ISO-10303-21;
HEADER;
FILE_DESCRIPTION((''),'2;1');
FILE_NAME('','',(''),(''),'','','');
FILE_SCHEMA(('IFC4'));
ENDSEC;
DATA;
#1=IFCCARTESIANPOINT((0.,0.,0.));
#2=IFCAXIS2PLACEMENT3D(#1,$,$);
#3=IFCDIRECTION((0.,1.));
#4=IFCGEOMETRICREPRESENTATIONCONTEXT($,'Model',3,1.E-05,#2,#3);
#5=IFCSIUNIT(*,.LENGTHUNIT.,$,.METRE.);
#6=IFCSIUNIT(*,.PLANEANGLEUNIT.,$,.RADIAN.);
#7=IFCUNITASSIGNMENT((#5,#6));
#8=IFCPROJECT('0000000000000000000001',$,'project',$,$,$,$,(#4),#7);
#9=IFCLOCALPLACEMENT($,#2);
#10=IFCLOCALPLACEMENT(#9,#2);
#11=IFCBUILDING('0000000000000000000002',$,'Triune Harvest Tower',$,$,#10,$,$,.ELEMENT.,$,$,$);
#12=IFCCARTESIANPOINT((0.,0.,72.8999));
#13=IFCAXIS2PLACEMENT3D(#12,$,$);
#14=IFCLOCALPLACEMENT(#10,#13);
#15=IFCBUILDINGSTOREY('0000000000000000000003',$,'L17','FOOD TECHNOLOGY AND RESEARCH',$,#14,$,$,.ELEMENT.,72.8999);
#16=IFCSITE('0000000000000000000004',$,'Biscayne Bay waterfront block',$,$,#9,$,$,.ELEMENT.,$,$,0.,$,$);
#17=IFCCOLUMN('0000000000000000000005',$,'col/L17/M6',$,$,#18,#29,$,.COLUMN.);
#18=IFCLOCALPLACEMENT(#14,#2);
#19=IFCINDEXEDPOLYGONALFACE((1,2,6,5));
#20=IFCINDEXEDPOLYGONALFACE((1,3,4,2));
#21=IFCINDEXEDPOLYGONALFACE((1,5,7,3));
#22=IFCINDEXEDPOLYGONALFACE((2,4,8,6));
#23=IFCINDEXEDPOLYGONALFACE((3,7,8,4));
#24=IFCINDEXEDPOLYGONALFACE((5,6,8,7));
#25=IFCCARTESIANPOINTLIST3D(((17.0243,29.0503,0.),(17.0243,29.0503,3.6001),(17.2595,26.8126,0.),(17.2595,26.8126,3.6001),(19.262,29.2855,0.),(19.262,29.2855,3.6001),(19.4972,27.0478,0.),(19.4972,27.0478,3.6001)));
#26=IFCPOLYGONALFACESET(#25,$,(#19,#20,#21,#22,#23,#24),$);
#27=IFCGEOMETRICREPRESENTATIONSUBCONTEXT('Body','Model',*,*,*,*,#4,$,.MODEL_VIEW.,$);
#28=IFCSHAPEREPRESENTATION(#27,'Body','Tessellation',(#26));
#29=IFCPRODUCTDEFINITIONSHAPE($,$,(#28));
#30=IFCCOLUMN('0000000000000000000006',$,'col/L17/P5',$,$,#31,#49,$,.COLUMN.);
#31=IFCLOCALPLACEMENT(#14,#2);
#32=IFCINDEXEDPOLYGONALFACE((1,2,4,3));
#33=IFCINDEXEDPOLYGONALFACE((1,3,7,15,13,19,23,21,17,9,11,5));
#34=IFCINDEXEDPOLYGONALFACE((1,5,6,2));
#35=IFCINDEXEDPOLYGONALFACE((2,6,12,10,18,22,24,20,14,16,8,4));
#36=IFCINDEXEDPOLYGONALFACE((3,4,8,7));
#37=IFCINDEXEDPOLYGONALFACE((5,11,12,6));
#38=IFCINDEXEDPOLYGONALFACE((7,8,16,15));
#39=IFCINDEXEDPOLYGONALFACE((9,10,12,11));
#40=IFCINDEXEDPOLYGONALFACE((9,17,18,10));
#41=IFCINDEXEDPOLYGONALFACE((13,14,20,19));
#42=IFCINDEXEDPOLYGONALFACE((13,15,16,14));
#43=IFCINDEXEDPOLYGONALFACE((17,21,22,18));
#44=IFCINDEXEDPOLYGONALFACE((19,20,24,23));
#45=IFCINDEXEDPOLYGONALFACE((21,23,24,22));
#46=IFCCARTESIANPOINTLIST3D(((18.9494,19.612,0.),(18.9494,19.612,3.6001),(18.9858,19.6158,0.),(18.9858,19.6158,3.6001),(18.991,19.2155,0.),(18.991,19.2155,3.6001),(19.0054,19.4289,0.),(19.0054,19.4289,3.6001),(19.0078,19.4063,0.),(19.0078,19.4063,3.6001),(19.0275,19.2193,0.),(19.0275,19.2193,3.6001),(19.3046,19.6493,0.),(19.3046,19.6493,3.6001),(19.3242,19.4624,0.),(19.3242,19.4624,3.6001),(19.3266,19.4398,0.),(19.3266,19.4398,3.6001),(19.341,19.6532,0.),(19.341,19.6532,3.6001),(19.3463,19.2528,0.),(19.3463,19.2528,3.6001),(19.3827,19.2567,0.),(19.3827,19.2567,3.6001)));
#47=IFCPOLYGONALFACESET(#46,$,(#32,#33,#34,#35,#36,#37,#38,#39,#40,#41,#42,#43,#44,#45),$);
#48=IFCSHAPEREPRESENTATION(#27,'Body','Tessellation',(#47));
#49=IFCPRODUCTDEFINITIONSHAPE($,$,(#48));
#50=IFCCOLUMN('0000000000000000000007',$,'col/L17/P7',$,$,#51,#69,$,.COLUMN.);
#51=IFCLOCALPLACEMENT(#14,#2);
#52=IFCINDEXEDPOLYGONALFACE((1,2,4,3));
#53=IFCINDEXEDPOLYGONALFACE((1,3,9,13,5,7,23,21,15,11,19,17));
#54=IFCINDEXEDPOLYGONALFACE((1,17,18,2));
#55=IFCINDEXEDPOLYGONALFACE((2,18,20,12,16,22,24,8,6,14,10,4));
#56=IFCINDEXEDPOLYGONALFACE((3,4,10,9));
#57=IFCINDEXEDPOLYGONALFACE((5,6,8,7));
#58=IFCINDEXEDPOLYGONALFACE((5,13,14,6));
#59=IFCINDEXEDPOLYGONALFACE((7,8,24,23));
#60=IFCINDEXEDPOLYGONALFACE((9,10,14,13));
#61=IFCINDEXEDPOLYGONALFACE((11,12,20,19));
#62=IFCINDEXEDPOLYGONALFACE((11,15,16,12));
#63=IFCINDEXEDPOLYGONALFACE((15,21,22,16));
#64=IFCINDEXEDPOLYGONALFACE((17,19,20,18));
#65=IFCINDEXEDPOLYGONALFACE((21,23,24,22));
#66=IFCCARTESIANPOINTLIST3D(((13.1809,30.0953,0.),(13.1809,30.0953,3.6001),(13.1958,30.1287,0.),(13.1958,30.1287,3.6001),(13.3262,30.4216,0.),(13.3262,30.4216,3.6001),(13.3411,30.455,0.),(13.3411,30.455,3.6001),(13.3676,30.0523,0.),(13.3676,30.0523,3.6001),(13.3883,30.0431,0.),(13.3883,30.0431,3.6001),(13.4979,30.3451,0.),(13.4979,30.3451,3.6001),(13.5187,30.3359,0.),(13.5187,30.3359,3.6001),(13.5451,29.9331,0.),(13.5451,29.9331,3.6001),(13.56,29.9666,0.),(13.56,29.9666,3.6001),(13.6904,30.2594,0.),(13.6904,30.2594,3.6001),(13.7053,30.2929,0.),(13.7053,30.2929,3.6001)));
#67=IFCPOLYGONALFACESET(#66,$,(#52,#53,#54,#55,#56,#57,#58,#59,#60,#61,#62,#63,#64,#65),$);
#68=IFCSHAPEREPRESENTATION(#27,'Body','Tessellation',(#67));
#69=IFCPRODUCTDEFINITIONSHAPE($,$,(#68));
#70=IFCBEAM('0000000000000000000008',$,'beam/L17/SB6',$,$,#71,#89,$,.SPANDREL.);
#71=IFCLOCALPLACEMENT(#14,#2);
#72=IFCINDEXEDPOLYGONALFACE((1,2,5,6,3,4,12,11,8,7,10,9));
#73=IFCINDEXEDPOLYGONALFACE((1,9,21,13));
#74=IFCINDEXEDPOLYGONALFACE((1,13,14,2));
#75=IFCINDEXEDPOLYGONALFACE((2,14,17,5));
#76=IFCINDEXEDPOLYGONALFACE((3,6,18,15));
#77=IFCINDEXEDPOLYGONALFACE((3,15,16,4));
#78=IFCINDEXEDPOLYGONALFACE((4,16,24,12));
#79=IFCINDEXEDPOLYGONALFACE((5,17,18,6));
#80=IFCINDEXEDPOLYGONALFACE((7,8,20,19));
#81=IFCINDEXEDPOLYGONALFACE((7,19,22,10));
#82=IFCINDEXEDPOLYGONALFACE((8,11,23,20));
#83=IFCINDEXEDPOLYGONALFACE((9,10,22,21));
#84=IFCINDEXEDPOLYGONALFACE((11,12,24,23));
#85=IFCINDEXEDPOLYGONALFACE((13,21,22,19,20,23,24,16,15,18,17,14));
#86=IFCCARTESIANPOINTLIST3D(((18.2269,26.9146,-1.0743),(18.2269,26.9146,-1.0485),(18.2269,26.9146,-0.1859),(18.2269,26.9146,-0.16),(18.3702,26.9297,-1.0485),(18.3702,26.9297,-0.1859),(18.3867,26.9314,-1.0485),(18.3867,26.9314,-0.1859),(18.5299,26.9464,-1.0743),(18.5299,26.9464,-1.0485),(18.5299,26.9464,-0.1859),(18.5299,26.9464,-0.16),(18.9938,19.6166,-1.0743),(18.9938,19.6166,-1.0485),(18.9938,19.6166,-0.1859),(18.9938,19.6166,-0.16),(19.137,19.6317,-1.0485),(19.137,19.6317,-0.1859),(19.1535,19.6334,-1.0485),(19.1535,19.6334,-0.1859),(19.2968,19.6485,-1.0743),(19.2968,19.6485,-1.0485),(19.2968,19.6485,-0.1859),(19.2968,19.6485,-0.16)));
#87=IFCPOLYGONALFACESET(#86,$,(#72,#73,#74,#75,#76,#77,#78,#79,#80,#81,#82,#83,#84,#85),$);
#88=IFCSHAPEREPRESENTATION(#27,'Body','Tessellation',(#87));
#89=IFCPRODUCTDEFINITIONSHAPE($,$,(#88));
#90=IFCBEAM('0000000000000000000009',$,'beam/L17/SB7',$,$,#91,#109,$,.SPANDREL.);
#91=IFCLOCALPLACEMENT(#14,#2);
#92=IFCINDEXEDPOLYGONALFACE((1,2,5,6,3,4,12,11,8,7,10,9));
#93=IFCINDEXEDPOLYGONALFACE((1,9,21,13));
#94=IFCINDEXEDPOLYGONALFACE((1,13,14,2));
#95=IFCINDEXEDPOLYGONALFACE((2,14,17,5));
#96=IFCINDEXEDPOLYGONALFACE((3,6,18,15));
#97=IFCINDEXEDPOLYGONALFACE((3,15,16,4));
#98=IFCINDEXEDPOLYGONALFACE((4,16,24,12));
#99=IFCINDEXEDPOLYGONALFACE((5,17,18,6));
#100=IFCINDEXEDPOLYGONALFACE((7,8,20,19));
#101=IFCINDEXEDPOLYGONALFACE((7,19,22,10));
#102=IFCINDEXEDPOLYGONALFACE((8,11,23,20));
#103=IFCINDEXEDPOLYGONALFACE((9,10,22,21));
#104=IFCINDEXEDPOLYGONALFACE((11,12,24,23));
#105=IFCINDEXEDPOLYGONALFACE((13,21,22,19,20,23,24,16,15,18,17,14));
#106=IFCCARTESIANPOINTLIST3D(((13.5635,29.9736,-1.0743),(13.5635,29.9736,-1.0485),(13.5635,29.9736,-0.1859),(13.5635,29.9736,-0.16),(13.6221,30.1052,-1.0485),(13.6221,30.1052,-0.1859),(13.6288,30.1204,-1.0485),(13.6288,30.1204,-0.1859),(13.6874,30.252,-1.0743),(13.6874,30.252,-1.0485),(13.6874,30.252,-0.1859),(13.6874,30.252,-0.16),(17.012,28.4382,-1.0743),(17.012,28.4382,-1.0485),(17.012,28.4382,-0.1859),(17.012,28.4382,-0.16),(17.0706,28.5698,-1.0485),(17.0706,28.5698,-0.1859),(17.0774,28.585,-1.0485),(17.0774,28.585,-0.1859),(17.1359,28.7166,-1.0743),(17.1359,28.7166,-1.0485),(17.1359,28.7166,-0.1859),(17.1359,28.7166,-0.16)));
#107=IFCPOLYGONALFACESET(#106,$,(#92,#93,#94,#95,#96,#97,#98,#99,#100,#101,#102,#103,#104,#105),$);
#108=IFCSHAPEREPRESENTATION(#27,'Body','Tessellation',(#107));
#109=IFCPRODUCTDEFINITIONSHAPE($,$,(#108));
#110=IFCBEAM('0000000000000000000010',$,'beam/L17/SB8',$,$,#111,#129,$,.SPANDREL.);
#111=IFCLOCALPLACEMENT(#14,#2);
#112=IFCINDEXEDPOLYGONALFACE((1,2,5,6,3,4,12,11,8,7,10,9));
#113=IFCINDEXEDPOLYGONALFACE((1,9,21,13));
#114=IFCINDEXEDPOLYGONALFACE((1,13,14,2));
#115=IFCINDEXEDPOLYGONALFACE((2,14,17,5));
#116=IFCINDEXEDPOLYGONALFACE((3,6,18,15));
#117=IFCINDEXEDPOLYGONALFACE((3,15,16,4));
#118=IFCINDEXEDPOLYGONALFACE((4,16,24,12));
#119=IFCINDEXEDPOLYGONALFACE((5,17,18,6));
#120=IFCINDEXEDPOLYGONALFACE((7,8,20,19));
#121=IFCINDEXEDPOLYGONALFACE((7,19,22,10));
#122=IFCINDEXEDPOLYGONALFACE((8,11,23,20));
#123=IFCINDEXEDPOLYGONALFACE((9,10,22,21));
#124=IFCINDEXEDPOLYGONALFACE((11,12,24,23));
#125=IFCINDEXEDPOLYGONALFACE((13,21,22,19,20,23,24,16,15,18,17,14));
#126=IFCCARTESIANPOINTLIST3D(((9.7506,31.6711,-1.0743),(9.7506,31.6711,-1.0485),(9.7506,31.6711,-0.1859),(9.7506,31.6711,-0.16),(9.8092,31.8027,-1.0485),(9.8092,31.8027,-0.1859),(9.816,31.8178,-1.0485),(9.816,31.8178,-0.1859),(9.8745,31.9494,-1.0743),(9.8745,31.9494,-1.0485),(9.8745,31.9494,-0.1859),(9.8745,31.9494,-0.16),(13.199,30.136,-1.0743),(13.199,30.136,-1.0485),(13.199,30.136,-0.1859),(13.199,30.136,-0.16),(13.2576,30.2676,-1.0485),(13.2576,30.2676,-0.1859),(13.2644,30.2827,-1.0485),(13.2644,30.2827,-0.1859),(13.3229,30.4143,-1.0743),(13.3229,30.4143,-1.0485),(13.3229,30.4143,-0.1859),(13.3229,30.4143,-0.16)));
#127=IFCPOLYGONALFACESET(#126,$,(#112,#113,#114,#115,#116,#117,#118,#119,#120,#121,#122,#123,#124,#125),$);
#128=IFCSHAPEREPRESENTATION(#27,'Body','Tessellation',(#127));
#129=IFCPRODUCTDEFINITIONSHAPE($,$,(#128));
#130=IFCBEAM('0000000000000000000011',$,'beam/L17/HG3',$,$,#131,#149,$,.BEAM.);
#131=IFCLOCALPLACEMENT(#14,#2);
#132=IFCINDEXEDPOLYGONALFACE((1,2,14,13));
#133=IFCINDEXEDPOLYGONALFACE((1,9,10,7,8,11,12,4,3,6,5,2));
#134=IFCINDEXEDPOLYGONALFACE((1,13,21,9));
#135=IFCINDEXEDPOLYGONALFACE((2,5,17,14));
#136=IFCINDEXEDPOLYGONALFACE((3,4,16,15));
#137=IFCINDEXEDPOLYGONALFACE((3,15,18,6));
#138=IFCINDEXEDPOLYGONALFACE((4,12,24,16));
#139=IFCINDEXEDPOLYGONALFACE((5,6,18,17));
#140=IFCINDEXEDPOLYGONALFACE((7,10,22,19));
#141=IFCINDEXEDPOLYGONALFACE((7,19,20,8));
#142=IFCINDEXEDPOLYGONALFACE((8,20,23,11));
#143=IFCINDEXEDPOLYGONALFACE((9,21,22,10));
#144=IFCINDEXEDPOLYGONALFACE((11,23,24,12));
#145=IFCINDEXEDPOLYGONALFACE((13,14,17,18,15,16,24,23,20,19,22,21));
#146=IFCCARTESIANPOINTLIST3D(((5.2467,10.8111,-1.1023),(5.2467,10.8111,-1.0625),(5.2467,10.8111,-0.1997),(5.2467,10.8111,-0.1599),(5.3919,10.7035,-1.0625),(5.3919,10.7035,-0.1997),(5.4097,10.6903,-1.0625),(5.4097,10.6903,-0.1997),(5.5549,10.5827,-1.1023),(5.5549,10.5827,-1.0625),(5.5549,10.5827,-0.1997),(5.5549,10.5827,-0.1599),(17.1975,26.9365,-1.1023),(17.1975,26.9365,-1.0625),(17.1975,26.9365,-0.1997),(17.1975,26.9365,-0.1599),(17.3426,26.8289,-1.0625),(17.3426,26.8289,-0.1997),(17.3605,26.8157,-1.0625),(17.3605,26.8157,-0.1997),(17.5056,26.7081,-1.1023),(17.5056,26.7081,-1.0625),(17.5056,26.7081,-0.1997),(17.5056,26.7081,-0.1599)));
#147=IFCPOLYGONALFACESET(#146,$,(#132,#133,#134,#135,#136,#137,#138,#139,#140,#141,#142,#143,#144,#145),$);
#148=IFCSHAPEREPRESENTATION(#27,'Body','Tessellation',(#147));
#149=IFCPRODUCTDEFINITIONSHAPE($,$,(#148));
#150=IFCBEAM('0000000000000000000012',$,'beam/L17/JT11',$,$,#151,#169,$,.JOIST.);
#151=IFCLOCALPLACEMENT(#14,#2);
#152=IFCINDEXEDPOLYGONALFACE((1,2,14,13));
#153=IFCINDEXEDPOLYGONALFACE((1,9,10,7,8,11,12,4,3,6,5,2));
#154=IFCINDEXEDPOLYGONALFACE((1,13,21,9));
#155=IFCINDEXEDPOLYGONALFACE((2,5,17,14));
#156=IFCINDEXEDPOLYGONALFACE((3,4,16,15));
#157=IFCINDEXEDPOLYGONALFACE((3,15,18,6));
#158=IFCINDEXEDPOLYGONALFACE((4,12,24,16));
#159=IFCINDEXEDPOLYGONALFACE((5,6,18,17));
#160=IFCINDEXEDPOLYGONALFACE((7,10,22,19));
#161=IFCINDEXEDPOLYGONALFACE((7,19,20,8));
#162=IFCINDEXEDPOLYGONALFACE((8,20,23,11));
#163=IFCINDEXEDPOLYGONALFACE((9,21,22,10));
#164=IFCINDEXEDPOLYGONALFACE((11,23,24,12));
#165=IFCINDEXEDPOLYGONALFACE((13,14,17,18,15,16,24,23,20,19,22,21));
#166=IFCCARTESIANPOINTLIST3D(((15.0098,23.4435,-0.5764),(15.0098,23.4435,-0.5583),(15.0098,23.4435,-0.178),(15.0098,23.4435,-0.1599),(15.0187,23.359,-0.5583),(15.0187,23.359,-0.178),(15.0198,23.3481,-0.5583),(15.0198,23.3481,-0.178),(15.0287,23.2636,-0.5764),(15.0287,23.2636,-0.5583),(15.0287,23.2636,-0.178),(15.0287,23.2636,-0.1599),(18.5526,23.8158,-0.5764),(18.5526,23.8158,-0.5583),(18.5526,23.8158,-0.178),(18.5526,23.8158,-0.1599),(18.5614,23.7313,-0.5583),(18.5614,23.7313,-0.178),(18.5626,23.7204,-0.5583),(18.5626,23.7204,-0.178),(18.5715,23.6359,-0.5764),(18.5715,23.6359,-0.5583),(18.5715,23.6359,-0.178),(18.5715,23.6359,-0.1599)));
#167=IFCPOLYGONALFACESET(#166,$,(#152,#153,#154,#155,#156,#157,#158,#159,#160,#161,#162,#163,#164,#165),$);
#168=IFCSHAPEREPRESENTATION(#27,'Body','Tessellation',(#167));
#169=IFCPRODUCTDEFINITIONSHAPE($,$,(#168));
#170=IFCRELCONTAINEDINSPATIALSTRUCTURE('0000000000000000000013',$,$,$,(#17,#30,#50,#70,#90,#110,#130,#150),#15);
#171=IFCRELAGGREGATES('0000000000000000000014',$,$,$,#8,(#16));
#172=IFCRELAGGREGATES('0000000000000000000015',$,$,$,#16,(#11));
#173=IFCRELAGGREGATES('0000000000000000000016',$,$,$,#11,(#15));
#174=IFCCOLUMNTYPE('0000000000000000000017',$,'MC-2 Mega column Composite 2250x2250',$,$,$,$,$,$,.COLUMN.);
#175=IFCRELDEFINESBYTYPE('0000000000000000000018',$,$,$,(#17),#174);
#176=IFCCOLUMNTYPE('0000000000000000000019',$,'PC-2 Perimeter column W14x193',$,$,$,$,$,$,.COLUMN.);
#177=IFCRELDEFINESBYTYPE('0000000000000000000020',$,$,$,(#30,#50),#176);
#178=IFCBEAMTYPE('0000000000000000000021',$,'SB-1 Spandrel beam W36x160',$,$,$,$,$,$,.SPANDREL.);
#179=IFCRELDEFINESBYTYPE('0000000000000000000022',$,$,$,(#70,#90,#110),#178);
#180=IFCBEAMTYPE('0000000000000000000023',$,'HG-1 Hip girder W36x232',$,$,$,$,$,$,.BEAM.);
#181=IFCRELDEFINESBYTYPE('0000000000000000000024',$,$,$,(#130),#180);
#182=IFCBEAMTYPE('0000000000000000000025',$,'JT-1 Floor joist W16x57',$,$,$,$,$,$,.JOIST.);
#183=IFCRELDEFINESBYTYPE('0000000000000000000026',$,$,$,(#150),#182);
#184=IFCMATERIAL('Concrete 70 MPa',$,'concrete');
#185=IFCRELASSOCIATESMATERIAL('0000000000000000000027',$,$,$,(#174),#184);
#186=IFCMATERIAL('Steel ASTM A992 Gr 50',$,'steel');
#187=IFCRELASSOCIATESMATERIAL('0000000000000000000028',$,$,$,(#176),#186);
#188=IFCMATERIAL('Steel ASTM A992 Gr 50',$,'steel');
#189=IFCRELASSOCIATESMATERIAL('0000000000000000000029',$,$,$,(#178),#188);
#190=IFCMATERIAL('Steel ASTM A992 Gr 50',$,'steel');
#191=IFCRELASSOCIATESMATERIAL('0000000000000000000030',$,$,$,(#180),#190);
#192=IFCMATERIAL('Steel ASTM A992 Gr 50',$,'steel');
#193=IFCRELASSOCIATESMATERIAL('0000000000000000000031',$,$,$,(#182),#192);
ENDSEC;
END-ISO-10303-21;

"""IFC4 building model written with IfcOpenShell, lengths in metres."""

from ifc_helpers import new_model, si_unit, direction, frame, origin, origin_2d, place, context, subcontext, project, spatial, rectangle, i_section, extrude, source, transform, mapped, material, material_profile, profile_set, type_object, element, save


model = new_model("IFC4")

# Units and contexts
model_context = context("Model", 3, precision=1e-05, world=origin(), true_north=direction((0.0, 1.0)))
body_context = subcontext(model_context, "Body", "Model", "MODEL_VIEW")
ifc_project = project(units=[si_unit("LENGTHUNIT", "METRE"), si_unit("PLANEANGLEUNIT", "RADIAN")], contexts=[model_context])

# Site, building, storey
site_placement = place(None, origin())
site = spatial("IfcSite", under=ifc_project, at=site_placement, Name="Biscayne Bay waterfront block", CompositionType="ELEMENT", RefElevation=0.0)
building_placement = place(site_placement, origin())
building = spatial("IfcBuilding", under=site, at=building_placement, Name="Triune Harvest Tower", CompositionType="ELEMENT")
storey_placement = place(building_placement, frame((0.0, 0.0, 72.8999)))
storey = spatial("IfcBuildingStorey", under=building, at=storey_placement, Name="L17", Description="FOOD TECHNOLOGY AND RESEARCH", CompositionType="ELEMENT", Elevation=72.8999)

# Columns
ifc_material_1 = material(Name="Concrete 70 MPa", Category="concrete")
ifc_material_profile_1 = material_profile(ifc_material_1, rectangle(XDim=2.25, YDim=2.25, at=origin_2d()), Name="Composite 2250x2250")
ifc_profile_set_1 = profile_set([ifc_material_profile_1], Name="Concrete 70 MPa")
column_type_1 = type_object("IfcColumnType", Name="MC-2 Mega column Composite 2250x2250", PredefinedType="COLUMN", material=ifc_profile_set_1)
shared_shape_1 = source(origin(), body_context, "Body", "SweptSolid", [
    extrude(rectangle(XDim=2.25, YDim=2.25, at=origin_2d()), origin(), (0.0, 0.0, 1.0), 3.6001),
])
column_placement = place(storey_placement, frame((18.2607, 28.0491, 0.0), z_axis=(0.0, 0.0, 1.0), x_axis=(-0.104527, 0.994522, 0.0)))
element("IfcColumn", 1, at=column_placement, inside=storey, type_object=column_type_1, Name="col/L17/M6", PredefinedType="COLUMN", context=body_context, shape_type="MappedRepresentation", body=[
    mapped(shared_shape_1, transform((0.0, 0.0, 0.0), scale=1.0)),
])
ifc_material_2 = material(Name="Steel ASTM A992 Gr 50", Category="steel")
ifc_material_profile_2 = material_profile(ifc_material_2, i_section(OverallWidth=0.3987, OverallDepth=0.3938, WebThickness=0.0227, FlangeThickness=0.0366, at=origin_2d()), Name="W14x193")
ifc_profile_set_2 = profile_set([ifc_material_profile_2], Name="Steel ASTM A992 Gr 50")
column_type_2 = type_object("IfcColumnType", Name="PC-2 Perimeter column W14x193", PredefinedType="COLUMN", material=ifc_profile_set_2)
shared_shape_2 = source(origin(), body_context, "Body", "SweptSolid", [
    extrude(i_section(OverallWidth=0.3987, OverallDepth=0.3938, WebThickness=0.0227, FlangeThickness=0.0366, at=origin_2d()), origin(), (0.0, 0.0, 1.0), 3.6001),
])
for number, where, z_axis, x_axis, name in (
    (2, (19.166, 19.4343, 0.0), (0.0, 0.0, 1.0), (-0.104527, 0.994522, 0.0), "col/L17/P5"),
    (3, (13.4431, 30.1941, 0.0), (0.0, 0.0, 1.0), (-0.913547, 0.406733, 0.0), "col/L17/P7"),
):
    element("IfcColumn", number, at=place(storey_placement, frame(where, z_axis=z_axis, x_axis=x_axis)), inside=storey, type_object=column_type_2, Name=name, PredefinedType="COLUMN", context=body_context, shape_type="MappedRepresentation", body=[
        mapped(shared_shape_2, transform((0.0, 0.0, 0.0), scale=1.0)),
    ])

# Beams
ifc_material_3 = material(Name="Steel ASTM A992 Gr 50", Category="steel")
ifc_material_profile_3 = material_profile(ifc_material_3, i_section(OverallWidth=0.3047, OverallDepth=0.9143, WebThickness=0.0166, FlangeThickness=0.0259, at=origin_2d()), Name="W36x160")
ifc_profile_set_3 = profile_set([ifc_material_profile_3], Name="Steel ASTM A992 Gr 50")
beam_type_1 = type_object("IfcBeamType", Name="SB-1 Spandrel beam W36x160", PredefinedType="SPANDREL", material=ifc_profile_set_3)
shared_shape_3 = source(origin(), body_context, "Body", "SweptSolid", [
    extrude(i_section(OverallWidth=0.3047, OverallDepth=0.9143, WebThickness=0.0166, FlangeThickness=0.0259, at=origin_2d()), origin(), (0.0, 0.0, 1.0), 7.3381),
])
beam_1_placement = place(storey_placement, frame((19.1453, 19.6326, -0.6172), z_axis=(-0.104503, 0.994525, 0.0), x_axis=(-0.994525, -0.104503, 0.0)))
element("IfcBeam", 4, at=beam_1_placement, inside=storey, type_object=beam_type_1, Name="beam/L17/SB6", PredefinedType="SPANDREL", context=body_context, shape_type="MappedRepresentation", body=[
    mapped(shared_shape_3, transform((0.0, 0.0, 0.0), scale=1.0)),
])
shared_shape_4 = source(origin(), body_context, "Body", "SweptSolid", [
    extrude(i_section(OverallWidth=0.3047, OverallDepth=0.9143, WebThickness=0.0166, FlangeThickness=0.0259, at=origin_2d()), origin(), (0.0, 0.0, 1.0), 3.7749),
])
beam_2_placement = place(storey_placement, frame((17.074, 28.5774, -0.6172), z_axis=(-0.913542, 0.406744, 0.0), x_axis=(-0.406744, -0.913542, 0.0)))
element("IfcBeam", 5, at=beam_2_placement, inside=storey, type_object=beam_type_1, Name="beam/L17/SB7", PredefinedType="SPANDREL", context=body_context, shape_type="MappedRepresentation", body=[
    mapped(shared_shape_4, transform((0.0, 0.0, 0.0), scale=1.0)),
])
shared_shape_5 = source(origin(), body_context, "Body", "SweptSolid", [
    extrude(i_section(OverallWidth=0.3047, OverallDepth=0.9143, WebThickness=0.0166, FlangeThickness=0.0259, at=origin_2d()), origin(), (0.0, 0.0, 1.0), 3.7747),
])
beam_3_placement = place(storey_placement, frame((13.261, 30.2751, -0.6172), z_axis=(-0.913566, 0.40669, 0.0), x_axis=(-0.40669, -0.913566, 0.0)))
element("IfcBeam", 6, at=beam_3_placement, inside=storey, type_object=beam_type_1, Name="beam/L17/SB8", PredefinedType="SPANDREL", context=body_context, shape_type="MappedRepresentation", body=[
    mapped(shared_shape_5, transform((0.0, 0.0, 0.0), scale=1.0)),
])
ifc_material_4 = material(Name="Steel ASTM A992 Gr 50", Category="steel")
ifc_material_profile_4 = material_profile(ifc_material_4, i_section(OverallWidth=0.3835, OverallDepth=0.9424, WebThickness=0.0222, FlangeThickness=0.0398, at=origin_2d()), Name="W36x232")
ifc_profile_set_4 = profile_set([ifc_material_profile_4], Name="Steel ASTM A992 Gr 50")
beam_type_2 = type_object("IfcBeamType", Name="HG-1 Hip girder W36x232", PredefinedType="BEAM", material=ifc_profile_set_4)
shared_shape_6 = source(origin(), body_context, "Body", "SweptSolid", [
    extrude(i_section(OverallWidth=0.3835, OverallDepth=0.9424, WebThickness=0.0222, FlangeThickness=0.0398, at=origin_2d()), origin(), (0.0, 0.0, 1.0), 20.071),
])
beam_4_placement = place(storey_placement, frame((17.3516, 26.8223, -0.6311), z_axis=(-0.595422, -0.803413, 0.0), x_axis=(0.803413, -0.595422, 0.0)))
element("IfcBeam", 7, at=beam_4_placement, inside=storey, type_object=beam_type_2, Name="beam/L17/HG3", PredefinedType="BEAM", context=body_context, shape_type="MappedRepresentation", body=[
    mapped(shared_shape_6, transform((0.0, 0.0, 0.0), scale=1.0)),
])
ifc_material_5 = material(Name="Steel ASTM A992 Gr 50", Category="steel")
ifc_material_profile_5 = material_profile(ifc_material_5, i_section(OverallWidth=0.1809, OverallDepth=0.4165, WebThickness=0.011, FlangeThickness=0.0181, at=origin_2d()), Name="W16x57")
ifc_profile_set_5 = profile_set([ifc_material_profile_5], Name="Steel ASTM A992 Gr 50")
beam_type_3 = type_object("IfcBeamType", Name="JT-1 Floor joist W16x57", PredefinedType="JOIST", material=ifc_profile_set_5)
shared_shape_7 = source(origin(), body_context, "Body", "SweptSolid", [
    extrude(i_section(OverallWidth=0.1809, OverallDepth=0.4165, WebThickness=0.011, FlangeThickness=0.0181, at=origin_2d()), origin(), (0.0, 0.0, 1.0), 3.5623),
])
beam_5_placement = place(storey_placement, frame((18.562, 23.7258, -0.3682), z_axis=(-0.994523, -0.104517, 0.0), x_axis=(0.104517, -0.994523, 0.0)))
element("IfcBeam", 8, at=beam_5_placement, inside=storey, type_object=beam_type_3, Name="beam/L17/JT11", PredefinedType="JOIST", context=body_context, shape_type="MappedRepresentation", body=[
    mapped(shared_shape_7, transform((0.0, 0.0, 0.0), scale=1.0)),
])

save(model, "model.ifc")
